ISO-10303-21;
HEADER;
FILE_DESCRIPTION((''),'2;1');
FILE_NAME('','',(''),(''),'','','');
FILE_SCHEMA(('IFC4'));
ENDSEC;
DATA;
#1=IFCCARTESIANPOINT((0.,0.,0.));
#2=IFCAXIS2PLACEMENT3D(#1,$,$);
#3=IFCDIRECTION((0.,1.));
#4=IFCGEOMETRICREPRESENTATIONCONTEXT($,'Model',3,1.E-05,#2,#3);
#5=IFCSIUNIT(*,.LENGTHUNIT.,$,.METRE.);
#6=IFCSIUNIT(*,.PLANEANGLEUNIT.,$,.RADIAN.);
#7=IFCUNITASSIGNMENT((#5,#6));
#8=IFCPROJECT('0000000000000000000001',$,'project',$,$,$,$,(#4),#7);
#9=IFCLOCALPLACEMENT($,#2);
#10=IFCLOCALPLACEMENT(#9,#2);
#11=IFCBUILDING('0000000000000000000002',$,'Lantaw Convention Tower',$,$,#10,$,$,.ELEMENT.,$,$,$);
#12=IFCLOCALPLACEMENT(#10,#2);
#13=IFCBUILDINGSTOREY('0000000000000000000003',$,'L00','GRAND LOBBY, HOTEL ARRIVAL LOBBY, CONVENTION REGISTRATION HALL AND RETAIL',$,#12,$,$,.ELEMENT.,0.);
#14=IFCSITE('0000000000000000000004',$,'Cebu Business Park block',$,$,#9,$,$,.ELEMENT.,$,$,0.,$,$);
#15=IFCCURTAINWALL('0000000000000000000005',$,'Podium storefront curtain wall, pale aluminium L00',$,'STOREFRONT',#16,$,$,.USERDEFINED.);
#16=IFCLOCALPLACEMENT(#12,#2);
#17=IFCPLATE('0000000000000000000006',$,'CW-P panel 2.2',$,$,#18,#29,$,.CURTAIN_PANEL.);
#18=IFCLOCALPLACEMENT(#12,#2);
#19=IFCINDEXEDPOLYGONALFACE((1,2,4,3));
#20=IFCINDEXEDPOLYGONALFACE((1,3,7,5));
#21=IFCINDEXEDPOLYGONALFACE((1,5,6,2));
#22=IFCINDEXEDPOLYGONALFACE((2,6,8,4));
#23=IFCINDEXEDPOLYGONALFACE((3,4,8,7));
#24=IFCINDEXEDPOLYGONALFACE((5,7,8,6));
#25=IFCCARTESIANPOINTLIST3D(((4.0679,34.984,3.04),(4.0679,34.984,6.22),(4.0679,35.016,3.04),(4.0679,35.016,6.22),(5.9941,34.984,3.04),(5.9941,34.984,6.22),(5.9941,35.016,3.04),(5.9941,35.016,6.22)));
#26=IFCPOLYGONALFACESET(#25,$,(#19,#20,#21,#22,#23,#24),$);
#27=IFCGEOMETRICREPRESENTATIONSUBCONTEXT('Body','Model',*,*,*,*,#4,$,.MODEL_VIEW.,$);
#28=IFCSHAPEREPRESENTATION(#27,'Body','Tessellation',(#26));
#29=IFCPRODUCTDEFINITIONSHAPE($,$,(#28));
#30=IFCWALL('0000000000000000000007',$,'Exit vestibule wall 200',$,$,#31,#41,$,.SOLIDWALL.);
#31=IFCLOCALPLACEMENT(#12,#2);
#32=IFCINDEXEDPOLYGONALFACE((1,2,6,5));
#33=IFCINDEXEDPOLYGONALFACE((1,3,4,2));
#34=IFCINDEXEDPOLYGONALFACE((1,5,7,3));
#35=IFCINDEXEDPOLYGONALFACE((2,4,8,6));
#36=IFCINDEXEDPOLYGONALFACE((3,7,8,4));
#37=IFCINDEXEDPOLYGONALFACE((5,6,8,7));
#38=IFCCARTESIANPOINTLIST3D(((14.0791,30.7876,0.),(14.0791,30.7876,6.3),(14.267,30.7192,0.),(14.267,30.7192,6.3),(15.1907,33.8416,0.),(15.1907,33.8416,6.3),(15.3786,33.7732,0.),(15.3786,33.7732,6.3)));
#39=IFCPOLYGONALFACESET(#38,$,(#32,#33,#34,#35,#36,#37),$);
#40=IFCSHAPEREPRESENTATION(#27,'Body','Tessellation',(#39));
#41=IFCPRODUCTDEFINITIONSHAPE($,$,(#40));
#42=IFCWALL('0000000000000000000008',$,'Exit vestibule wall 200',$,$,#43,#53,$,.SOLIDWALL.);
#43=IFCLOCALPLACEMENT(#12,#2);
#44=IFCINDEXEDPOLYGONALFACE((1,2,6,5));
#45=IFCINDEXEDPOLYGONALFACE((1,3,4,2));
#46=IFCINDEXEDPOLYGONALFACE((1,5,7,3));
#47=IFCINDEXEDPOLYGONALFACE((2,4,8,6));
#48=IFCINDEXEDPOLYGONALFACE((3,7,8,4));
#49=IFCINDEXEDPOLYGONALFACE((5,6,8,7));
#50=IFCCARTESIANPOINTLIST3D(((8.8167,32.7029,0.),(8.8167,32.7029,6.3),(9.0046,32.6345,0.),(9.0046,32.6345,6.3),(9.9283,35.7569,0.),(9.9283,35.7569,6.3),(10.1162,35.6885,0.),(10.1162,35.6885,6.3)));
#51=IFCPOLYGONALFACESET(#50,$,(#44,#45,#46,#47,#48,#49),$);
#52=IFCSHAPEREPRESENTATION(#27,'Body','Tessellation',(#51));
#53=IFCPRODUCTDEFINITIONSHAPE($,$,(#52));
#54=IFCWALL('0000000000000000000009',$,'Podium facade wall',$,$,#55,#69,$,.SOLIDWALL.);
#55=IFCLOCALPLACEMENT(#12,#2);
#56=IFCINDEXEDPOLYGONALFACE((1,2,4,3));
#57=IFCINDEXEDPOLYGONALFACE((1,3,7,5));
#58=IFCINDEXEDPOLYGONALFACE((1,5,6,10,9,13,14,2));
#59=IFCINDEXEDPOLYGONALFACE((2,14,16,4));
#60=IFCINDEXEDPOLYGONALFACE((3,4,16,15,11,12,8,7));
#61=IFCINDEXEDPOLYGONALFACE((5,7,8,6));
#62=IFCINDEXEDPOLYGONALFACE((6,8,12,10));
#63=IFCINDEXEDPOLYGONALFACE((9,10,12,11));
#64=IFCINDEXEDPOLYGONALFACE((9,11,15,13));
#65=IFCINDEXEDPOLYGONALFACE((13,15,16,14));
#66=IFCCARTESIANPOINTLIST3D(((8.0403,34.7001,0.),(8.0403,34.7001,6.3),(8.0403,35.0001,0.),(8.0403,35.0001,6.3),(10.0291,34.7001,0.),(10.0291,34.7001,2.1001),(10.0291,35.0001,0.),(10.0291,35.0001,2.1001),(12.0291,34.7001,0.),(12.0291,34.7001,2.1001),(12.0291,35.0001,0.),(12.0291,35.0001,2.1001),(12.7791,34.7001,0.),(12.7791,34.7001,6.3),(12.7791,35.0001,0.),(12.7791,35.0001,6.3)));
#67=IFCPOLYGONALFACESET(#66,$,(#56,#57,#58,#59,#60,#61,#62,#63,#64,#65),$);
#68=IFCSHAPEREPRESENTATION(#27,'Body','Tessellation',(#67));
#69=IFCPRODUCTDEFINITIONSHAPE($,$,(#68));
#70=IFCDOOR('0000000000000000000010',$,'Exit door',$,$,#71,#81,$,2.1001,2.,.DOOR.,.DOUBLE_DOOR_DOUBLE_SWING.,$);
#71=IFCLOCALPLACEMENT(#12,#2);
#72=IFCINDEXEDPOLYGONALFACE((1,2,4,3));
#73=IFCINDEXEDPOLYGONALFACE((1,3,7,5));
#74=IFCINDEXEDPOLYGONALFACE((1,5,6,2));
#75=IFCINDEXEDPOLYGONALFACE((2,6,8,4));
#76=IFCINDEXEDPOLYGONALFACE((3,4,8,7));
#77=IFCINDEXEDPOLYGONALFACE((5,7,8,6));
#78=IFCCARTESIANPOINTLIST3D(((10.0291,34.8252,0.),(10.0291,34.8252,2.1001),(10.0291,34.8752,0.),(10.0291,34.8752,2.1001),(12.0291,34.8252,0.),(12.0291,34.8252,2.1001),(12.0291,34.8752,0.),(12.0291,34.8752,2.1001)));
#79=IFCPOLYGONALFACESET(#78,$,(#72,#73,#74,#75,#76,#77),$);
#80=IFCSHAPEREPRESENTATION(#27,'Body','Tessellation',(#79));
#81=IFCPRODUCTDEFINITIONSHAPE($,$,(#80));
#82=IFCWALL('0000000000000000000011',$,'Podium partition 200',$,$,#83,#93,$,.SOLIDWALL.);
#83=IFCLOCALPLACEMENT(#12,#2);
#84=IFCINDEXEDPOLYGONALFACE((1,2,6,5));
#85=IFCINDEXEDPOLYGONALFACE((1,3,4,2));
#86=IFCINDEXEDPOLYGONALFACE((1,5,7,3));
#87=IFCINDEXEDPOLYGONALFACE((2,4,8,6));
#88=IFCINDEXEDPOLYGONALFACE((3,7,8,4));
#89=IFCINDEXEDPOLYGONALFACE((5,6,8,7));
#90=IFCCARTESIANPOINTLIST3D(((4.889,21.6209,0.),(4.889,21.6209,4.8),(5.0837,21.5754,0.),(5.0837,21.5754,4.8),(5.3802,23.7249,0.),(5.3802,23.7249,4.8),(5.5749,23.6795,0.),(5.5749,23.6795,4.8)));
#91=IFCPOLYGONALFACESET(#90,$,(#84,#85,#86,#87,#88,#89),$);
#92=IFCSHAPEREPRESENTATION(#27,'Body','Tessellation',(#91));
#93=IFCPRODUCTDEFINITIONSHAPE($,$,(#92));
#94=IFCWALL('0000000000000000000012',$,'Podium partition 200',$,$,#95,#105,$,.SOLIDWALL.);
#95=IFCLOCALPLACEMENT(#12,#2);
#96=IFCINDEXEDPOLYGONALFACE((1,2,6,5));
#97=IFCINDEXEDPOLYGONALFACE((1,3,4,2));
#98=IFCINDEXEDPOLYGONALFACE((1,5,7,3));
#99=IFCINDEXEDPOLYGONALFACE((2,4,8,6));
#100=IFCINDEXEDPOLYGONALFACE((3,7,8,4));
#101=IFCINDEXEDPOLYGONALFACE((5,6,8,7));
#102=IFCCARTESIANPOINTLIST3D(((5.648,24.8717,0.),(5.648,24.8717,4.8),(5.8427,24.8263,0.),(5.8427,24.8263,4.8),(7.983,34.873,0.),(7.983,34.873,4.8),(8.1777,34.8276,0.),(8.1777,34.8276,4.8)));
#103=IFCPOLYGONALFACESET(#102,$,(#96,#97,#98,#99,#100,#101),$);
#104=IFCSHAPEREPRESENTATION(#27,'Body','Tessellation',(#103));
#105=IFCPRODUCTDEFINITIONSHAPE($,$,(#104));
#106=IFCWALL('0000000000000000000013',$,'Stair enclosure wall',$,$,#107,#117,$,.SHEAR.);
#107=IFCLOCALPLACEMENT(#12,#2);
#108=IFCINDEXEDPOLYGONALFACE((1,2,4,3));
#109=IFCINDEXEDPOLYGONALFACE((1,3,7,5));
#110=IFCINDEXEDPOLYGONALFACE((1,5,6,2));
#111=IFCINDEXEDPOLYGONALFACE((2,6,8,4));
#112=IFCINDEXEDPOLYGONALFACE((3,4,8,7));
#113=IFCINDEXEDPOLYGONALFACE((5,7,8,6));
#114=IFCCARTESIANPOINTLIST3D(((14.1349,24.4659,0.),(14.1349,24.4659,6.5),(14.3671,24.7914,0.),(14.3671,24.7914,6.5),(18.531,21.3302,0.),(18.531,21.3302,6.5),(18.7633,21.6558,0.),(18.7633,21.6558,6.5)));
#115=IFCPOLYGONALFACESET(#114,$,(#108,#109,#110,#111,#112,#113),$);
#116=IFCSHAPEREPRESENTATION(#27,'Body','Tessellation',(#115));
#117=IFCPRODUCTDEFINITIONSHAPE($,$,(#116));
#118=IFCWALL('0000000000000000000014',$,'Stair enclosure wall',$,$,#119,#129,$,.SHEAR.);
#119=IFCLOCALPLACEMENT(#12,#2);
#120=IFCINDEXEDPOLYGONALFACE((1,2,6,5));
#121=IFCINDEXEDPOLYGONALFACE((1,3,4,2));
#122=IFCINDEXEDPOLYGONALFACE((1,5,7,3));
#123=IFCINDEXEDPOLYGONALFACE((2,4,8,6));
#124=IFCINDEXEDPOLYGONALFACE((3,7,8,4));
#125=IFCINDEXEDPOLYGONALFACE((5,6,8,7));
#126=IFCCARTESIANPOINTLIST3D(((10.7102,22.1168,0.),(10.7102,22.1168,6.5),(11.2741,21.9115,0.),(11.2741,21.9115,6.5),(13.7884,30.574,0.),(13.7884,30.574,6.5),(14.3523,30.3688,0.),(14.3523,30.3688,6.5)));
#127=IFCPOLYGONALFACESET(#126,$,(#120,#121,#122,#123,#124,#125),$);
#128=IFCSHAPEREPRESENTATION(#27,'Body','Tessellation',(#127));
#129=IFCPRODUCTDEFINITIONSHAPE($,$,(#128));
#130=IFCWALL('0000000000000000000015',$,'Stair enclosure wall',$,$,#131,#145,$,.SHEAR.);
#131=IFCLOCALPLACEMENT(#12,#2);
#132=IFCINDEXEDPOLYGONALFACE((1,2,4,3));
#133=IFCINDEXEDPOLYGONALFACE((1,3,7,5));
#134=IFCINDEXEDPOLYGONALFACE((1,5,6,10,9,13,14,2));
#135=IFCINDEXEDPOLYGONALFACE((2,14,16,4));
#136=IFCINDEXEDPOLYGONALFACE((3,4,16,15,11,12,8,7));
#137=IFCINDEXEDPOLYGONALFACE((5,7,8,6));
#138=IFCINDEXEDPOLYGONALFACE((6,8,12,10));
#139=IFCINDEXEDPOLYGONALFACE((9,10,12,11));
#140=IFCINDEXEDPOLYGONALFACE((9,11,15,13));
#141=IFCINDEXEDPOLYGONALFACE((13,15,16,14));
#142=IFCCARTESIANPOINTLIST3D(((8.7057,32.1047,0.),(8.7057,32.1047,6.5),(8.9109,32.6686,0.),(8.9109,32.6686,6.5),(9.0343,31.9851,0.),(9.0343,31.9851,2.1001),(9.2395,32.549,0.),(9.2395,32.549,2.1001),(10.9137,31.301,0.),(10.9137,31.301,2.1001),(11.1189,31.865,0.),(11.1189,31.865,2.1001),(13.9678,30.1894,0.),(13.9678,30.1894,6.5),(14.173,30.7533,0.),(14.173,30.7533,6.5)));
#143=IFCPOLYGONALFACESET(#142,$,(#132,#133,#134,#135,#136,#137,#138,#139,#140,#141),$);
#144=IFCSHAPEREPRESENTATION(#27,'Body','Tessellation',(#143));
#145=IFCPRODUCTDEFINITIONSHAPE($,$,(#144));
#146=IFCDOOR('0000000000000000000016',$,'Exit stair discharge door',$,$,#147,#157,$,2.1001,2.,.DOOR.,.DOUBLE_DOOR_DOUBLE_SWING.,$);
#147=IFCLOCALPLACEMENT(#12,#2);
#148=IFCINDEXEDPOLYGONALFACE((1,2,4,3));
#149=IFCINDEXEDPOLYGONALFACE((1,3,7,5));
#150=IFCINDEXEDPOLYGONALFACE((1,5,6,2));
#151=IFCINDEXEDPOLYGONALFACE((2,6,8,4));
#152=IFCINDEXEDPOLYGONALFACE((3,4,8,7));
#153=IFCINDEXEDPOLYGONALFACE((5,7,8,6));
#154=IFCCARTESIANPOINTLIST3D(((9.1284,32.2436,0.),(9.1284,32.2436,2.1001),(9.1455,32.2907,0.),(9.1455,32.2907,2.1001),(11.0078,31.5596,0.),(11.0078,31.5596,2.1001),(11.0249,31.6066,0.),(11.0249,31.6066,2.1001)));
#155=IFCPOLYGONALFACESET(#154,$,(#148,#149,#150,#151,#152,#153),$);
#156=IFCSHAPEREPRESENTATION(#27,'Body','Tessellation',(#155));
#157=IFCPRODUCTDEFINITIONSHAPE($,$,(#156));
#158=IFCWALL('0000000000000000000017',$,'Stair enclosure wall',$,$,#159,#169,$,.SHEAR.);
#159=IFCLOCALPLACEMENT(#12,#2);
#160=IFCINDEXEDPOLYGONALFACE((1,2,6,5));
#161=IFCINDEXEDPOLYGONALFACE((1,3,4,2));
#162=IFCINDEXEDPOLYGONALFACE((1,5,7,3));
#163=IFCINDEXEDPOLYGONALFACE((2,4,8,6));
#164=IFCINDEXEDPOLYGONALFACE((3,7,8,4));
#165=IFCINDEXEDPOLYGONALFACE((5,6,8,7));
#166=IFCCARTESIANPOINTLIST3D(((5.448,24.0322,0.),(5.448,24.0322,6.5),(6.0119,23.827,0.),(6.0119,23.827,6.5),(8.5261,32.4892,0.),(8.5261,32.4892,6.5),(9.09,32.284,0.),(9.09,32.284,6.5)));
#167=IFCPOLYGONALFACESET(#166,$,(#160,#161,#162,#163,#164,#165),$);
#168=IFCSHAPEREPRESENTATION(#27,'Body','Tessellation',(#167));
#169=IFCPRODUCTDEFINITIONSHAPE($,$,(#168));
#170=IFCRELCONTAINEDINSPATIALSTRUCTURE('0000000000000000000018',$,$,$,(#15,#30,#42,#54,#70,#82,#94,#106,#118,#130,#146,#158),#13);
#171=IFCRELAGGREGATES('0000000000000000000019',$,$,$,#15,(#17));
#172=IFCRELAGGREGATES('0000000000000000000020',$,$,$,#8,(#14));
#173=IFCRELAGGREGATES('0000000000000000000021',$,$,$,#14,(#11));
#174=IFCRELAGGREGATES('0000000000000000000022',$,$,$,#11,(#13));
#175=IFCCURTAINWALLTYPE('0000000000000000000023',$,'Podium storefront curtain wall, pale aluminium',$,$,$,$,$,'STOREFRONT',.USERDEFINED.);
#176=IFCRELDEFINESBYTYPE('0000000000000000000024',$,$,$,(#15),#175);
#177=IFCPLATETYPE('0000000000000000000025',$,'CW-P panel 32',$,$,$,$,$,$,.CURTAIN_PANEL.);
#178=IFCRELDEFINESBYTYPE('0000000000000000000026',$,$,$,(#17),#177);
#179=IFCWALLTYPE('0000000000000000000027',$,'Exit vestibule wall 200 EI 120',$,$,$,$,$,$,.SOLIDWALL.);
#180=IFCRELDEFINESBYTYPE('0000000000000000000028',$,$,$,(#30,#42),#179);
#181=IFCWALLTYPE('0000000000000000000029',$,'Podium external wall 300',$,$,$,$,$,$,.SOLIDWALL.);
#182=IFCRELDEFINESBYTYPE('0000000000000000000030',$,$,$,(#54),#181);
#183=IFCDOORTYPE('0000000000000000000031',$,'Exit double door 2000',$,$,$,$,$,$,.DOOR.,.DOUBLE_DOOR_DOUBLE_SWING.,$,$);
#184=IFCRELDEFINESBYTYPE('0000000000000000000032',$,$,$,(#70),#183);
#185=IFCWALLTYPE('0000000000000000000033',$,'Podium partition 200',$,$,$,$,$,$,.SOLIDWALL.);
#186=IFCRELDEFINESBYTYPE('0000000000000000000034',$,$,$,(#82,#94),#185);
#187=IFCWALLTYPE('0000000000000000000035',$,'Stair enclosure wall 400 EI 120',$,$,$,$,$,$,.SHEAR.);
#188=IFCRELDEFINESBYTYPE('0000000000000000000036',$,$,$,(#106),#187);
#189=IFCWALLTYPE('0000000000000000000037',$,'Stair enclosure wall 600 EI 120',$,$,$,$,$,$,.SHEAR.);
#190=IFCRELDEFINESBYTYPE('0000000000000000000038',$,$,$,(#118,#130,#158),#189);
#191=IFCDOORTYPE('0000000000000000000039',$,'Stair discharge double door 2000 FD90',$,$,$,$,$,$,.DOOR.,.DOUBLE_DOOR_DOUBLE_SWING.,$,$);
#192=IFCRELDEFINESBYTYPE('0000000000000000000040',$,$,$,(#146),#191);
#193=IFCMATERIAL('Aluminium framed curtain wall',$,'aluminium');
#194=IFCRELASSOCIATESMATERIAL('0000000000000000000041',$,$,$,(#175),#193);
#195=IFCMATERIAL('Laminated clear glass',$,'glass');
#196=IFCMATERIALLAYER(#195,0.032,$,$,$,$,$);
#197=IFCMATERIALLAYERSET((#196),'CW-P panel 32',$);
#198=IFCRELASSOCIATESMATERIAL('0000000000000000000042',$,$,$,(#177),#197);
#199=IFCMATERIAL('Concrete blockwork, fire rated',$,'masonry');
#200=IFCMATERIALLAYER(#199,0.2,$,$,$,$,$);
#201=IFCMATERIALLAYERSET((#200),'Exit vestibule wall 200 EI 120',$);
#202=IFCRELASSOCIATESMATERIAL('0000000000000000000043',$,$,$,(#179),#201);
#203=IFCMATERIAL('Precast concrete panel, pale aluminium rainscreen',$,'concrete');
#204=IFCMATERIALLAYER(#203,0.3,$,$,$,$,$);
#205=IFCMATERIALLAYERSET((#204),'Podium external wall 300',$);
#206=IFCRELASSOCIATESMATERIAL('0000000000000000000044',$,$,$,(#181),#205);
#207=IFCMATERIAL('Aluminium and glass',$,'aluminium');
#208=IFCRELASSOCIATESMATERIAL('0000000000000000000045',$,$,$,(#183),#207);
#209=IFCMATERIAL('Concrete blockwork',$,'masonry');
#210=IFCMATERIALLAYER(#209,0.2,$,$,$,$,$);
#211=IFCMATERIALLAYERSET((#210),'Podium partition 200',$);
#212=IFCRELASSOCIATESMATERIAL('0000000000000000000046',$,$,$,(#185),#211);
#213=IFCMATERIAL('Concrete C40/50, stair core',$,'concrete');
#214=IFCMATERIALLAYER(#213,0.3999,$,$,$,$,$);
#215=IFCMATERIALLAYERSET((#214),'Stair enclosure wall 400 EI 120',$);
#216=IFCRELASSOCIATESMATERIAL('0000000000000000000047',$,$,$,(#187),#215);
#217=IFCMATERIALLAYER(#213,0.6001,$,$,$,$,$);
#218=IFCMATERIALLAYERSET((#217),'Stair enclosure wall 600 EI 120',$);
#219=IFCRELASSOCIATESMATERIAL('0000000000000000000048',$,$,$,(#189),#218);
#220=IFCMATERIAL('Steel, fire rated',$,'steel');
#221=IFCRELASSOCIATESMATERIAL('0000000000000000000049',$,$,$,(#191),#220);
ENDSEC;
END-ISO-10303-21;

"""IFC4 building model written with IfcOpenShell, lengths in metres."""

from ifc_helpers import new_model, si_unit, direction, frame, frame_2d, origin, origin_2d, place, context, subcontext, project, spatial, rectangle, extrude, material, layer, layer_set, type_object, element, fill, aggregate, save


model = new_model("IFC4")

# Units and contexts
model_context = context("Model", 3, precision=1e-05, world=origin(), true_north=direction((0.0, 1.0)))
body_context = subcontext(model_context, "Body", "Model", "MODEL_VIEW")
ifc_project = project(units=[si_unit("LENGTHUNIT", "METRE"), si_unit("PLANEANGLEUNIT", "RADIAN")], contexts=[model_context])

# Site, building, storey
site_placement = place(None, origin())
site = spatial("IfcSite", under=ifc_project, at=site_placement, Name="Cebu Business Park block", CompositionType="ELEMENT", RefElevation=0.0)
building_placement = place(site_placement, origin())
building = spatial("IfcBuilding", under=site, at=building_placement, Name="Lantaw Convention Tower", CompositionType="ELEMENT")
storey_placement = place(building_placement, origin())
storey = spatial("IfcBuildingStorey", under=building, at=storey_placement, Name="L00", Description="GRAND LOBBY, HOTEL ARRIVAL LOBBY, CONVENTION REGISTRATION HALL AND RETAIL", CompositionType="ELEMENT", Elevation=0.0)

# Curtain wall, plate
ifc_material_1 = material(Name="Aluminium framed curtain wall", Category="aluminium")
curtain_wall_type = type_object("IfcCurtainWallType", Name="Podium storefront curtain wall, pale aluminium", ElementType="STOREFRONT", PredefinedType="USERDEFINED", material=ifc_material_1)
curtain_wall_placement = place(storey_placement, origin())
curtain_wall = element("IfcCurtainWall", 1, at=curtain_wall_placement, inside=storey, type_object=curtain_wall_type, Name="Podium storefront curtain wall, pale aluminium L00", ObjectType="STOREFRONT", PredefinedType="USERDEFINED")
ifc_material_2 = material(Name="Laminated clear glass", Category="glass")
ifc_layer_1 = layer(ifc_material_2, 0.032)
ifc_layer_set_1 = layer_set([ifc_layer_1], Name="CW-P panel 32")
plate_type = type_object("IfcPlateType", Name="CW-P panel 32", PredefinedType="CURTAIN_PANEL", material=ifc_layer_set_1)
plate_1_placement = place(storey_placement, frame((5.031, 35.0, 3.04), z_axis=(0.0, 0.0, 1.0), x_axis=(-1.0, 0.0, 0.0)))
plate_1 = element("IfcPlate", 2, at=plate_1_placement, type_object=plate_type, Name="CW-P panel 2.2", PredefinedType="CURTAIN_PANEL", context=body_context, shape_type="SweptSolid", body=[
    extrude(rectangle(XDim=1.9263, YDim=0.032, at=origin_2d()), origin(), (0.0, 0.0, 1.0), 3.1799),
])
aggregate(curtain_wall, [plate_1])

# Walls
ifc_material_3 = material(Name="Concrete blockwork, fire rated", Category="masonry")
ifc_layer_2 = layer(ifc_material_3, 0.2)
ifc_layer_set_2 = layer_set([ifc_layer_2], Name="Exit vestibule wall 200 EI 120")
wall_type_1 = type_object("IfcWallType", Name="Exit vestibule wall 200 EI 120", PredefinedType="SOLIDWALL", material=ifc_layer_set_2)
for number, where, z_axis, x_axis, name in (
    (3, (14.1731, 30.7534, 0.0), (0.0, 0.0, 1.0), (0.342027, 0.93969, 0.0), "Exit vestibule wall 200"),
    (4, (8.9106, 32.6687, 0.0), (0.0, 0.0, 1.0), (0.342027, 0.93969, 0.0), "Exit vestibule wall 200"),
):
    element("IfcWall", number, at=place(storey_placement, frame(where, z_axis=z_axis, x_axis=x_axis)), inside=storey, type_object=wall_type_1, Name=name, PredefinedType="SOLIDWALL", context=body_context, shape_type="SweptSolid", body=[
        extrude(rectangle(XDim=3.25, YDim=0.2, at=frame_2d((1.625, 0.0))), origin(), (0.0, 0.0, 1.0), 6.3),
    ])

# Wall, opening, door
ifc_material_4 = material(Name="Precast concrete panel, pale aluminium rainscreen", Category="concrete")
ifc_layer_3 = layer(ifc_material_4, 0.3)
ifc_layer_set_3 = layer_set([ifc_layer_3], Name="Podium external wall 300")
wall_type_2 = type_object("IfcWallType", Name="Podium external wall 300", PredefinedType="SOLIDWALL", material=ifc_layer_set_3)
wall_1_placement = place(storey_placement, frame((12.7791, 34.8501, 0.0), z_axis=(0.0, 0.0, 1.0), x_axis=(-1.0, 0.0, 0.0)))
wall_1 = element("IfcWall", 5, at=wall_1_placement, inside=storey, type_object=wall_type_2, Name="Podium facade wall", PredefinedType="SOLIDWALL", context=body_context, shape_type="SweptSolid", body=[
    extrude(rectangle(XDim=4.7388, YDim=0.3, at=frame_2d((2.3694, 0.0))), origin(), (0.0, 0.0, 1.0), 6.3),
])
opening_1_placement = place(wall_1_placement, frame((0.75, 0.0, 0.0)))
opening_1 = element("IfcOpeningElement", 6, at=opening_1_placement, cuts=wall_1, PredefinedType="OPENING", context=body_context, shape_type="SweptSolid", body=[
    extrude(rectangle(XDim=2.0, YDim=2.1001, at=frame_2d((1.0, 1.05))), frame((0.0, 0.1599, 0.0), z_axis=(0.0, -1.0, 0.0), x_axis=(1.0, 0.0, 0.0)), (0.0, 0.0, 1.0), 0.3201),
])
ifc_material_5 = material(Name="Aluminium and glass", Category="aluminium")
door_type_1 = type_object("IfcDoorType", Name="Exit double door 2000", OperationType="DOUBLE_DOOR_DOUBLE_SWING", PredefinedType="DOOR", material=ifc_material_5)
door_1_placement = place(opening_1_placement, origin())
door_1 = element("IfcDoor", 7, at=door_1_placement, inside=storey, type_object=door_type_1, Name="Exit door", OperationType="DOUBLE_DOOR_DOUBLE_SWING", OverallHeight=2.1001, OverallWidth=2.0, PredefinedType="DOOR", context=body_context, shape_type="SweptSolid", body=[
    extrude(rectangle(XDim=2.0, YDim=2.1001, at=frame_2d((1.0, 1.05))), frame((0.0, 0.0249, 0.0), z_axis=(0.0, -1.0, 0.0), x_axis=(1.0, 0.0, 0.0)), (0.0, 0.0, 1.0), 0.05),
])
fill(opening_1, door_1)

# Walls
ifc_material_6 = material(Name="Concrete blockwork", Category="masonry")
ifc_layer_4 = layer(ifc_material_6, 0.2)
ifc_layer_set_4 = layer_set([ifc_layer_4], Name="Podium partition 200")
wall_type_3 = type_object("IfcWallType", Name="Podium partition 200", PredefinedType="SOLIDWALL", material=ifc_layer_set_4)
wall_2_placement = place(storey_placement, frame((4.9863, 21.5981, 0.0), z_axis=(0.0, 0.0, 1.0), x_axis=(0.227351, 0.973813, 0.0)))
element("IfcWall", 8, at=wall_2_placement, inside=storey, type_object=wall_type_3, Name="Podium partition 200", PredefinedType="SOLIDWALL", context=body_context, shape_type="SweptSolid", body=[
    extrude(rectangle(XDim=2.1606, YDim=0.2, at=frame_2d((1.0803, 0.0))), origin(), (0.0, 0.0, 1.0), 4.8),
])
wall_3_placement = place(storey_placement, frame((5.7454, 24.8489, 0.0), z_axis=(0.0, 0.0, 1.0), x_axis=(0.227354, 0.973812, 0.0)))
element("IfcWall", 9, at=wall_3_placement, inside=storey, type_object=wall_type_3, Name="Podium partition 200", PredefinedType="SOLIDWALL", context=body_context, shape_type="SweptSolid", body=[
    extrude(rectangle(XDim=10.2703, YDim=0.2, at=frame_2d((5.1353, 0.0))), origin(), (0.0, 0.0, 1.0), 4.8),
])
ifc_material_7 = material(Name="Concrete C40/50, stair core", Category="concrete")
ifc_layer_5 = layer(ifc_material_7, 0.3999)
ifc_layer_set_5 = layer_set([ifc_layer_5], Name="Stair enclosure wall 400 EI 120")
wall_type_4 = type_object("IfcWallType", Name="Stair enclosure wall 400 EI 120", PredefinedType="SHEAR", material=ifc_layer_set_5)
wall_4_placement = place(storey_placement, frame((14.251, 24.6287, 0.0), z_axis=(0.0, 0.0, 1.0), x_axis=(0.814121, -0.580695, 0.0)))
element("IfcWall", 10, at=wall_4_placement, inside=storey, type_object=wall_type_4, Name="Stair enclosure wall", PredefinedType="SHEAR", context=body_context, shape_type="SweptSolid", body=[
    extrude(rectangle(XDim=5.3999, YDim=0.3999, at=frame_2d((2.7, 0.0))), origin(), (0.0, 0.0, 1.0), 6.5),
])
ifc_layer_6 = layer(ifc_material_7, 0.6001)
ifc_layer_set_6 = layer_set([ifc_layer_6], Name="Stair enclosure wall 600 EI 120")
wall_type_5 = type_object("IfcWallType", Name="Stair enclosure wall 600 EI 120", PredefinedType="SHEAR", material=ifc_layer_set_6)
wall_5_placement = place(storey_placement, frame((10.9922, 22.0142, 0.0), z_axis=(0.0, 0.0, 1.0), x_axis=(0.342013, 0.939695, 0.0)))
element("IfcWall", 11, at=wall_5_placement, inside=storey, type_object=wall_type_5, Name="Stair enclosure wall", PredefinedType="SHEAR", context=body_context, shape_type="SweptSolid", body=[
    extrude(rectangle(XDim=9.0, YDim=0.6001, at=frame_2d((4.5, 0.0))), origin(), (0.0, 0.0, 1.0), 6.5),
])

# Wall, opening, door
wall_6_placement = place(storey_placement, frame((14.0703, 30.4714, 0.0), z_axis=(0.0, 0.0, 1.0), x_axis=(-0.939693, 0.34202, 0.0)))
wall_6 = element("IfcWall", 12, at=wall_6_placement, inside=storey, type_object=wall_type_5, Name="Stair enclosure wall", PredefinedType="SHEAR", context=body_context, shape_type="SweptSolid", body=[
    extrude(rectangle(XDim=5.5999, YDim=0.6001, at=frame_2d((2.7998, 0.0))), origin(), (0.0, 0.0, 1.0), 6.5),
])
opening_2_placement = place(wall_6_placement, frame((3.25, 0.0, 0.0)))
opening_2 = element("IfcOpeningElement", 13, at=opening_2_placement, cuts=wall_6, PredefinedType="OPENING", context=body_context, shape_type="SweptSolid", body=[
    extrude(rectangle(XDim=2.0, YDim=2.1001, at=frame_2d((1.0, 1.05))), frame((0.0, 0.3101, 0.0), z_axis=(0.0, -1.0, 0.0), x_axis=(1.0, 0.0, 0.0)), (0.0, 0.0, 1.0), 0.6201),
])
ifc_material_8 = material(Name="Steel, fire rated", Category="steel")
door_type_2 = type_object("IfcDoorType", Name="Stair discharge double door 2000 FD90", OperationType="DOUBLE_DOOR_DOUBLE_SWING", PredefinedType="DOOR", material=ifc_material_8)
door_2_placement = place(opening_2_placement, origin())
door_2 = element("IfcDoor", 14, at=door_2_placement, inside=storey, type_object=door_type_2, Name="Exit stair discharge door", OperationType="DOUBLE_DOOR_DOUBLE_SWING", OverallHeight=2.1001, OverallWidth=2.0, PredefinedType="DOOR", context=body_context, shape_type="SweptSolid", body=[
    extrude(rectangle(XDim=2.0, YDim=2.1001, at=frame_2d((1.0, 1.05))), frame((0.0, 0.0249, 0.0), z_axis=(0.0, -1.0, 0.0), x_axis=(1.0, 0.0, 0.0)), (0.0, 0.0, 1.0), 0.05),
])
fill(opening_2, door_2)

# Wall
wall_7_placement = place(storey_placement, frame((8.8081, 32.3867, 0.0), z_axis=(0.0, 0.0, 1.0), x_axis=(-0.342022, -0.939692, 0.0)))
element("IfcWall", 15, at=wall_7_placement, inside=storey, type_object=wall_type_5, Name="Stair enclosure wall", PredefinedType="SHEAR", context=body_context, shape_type="SweptSolid", body=[
    extrude(rectangle(XDim=8.9998, YDim=0.6001, at=frame_2d((4.5, 0.0))), origin(), (0.0, 0.0, 1.0), 6.5),
])

save(model, "model.ifc")
